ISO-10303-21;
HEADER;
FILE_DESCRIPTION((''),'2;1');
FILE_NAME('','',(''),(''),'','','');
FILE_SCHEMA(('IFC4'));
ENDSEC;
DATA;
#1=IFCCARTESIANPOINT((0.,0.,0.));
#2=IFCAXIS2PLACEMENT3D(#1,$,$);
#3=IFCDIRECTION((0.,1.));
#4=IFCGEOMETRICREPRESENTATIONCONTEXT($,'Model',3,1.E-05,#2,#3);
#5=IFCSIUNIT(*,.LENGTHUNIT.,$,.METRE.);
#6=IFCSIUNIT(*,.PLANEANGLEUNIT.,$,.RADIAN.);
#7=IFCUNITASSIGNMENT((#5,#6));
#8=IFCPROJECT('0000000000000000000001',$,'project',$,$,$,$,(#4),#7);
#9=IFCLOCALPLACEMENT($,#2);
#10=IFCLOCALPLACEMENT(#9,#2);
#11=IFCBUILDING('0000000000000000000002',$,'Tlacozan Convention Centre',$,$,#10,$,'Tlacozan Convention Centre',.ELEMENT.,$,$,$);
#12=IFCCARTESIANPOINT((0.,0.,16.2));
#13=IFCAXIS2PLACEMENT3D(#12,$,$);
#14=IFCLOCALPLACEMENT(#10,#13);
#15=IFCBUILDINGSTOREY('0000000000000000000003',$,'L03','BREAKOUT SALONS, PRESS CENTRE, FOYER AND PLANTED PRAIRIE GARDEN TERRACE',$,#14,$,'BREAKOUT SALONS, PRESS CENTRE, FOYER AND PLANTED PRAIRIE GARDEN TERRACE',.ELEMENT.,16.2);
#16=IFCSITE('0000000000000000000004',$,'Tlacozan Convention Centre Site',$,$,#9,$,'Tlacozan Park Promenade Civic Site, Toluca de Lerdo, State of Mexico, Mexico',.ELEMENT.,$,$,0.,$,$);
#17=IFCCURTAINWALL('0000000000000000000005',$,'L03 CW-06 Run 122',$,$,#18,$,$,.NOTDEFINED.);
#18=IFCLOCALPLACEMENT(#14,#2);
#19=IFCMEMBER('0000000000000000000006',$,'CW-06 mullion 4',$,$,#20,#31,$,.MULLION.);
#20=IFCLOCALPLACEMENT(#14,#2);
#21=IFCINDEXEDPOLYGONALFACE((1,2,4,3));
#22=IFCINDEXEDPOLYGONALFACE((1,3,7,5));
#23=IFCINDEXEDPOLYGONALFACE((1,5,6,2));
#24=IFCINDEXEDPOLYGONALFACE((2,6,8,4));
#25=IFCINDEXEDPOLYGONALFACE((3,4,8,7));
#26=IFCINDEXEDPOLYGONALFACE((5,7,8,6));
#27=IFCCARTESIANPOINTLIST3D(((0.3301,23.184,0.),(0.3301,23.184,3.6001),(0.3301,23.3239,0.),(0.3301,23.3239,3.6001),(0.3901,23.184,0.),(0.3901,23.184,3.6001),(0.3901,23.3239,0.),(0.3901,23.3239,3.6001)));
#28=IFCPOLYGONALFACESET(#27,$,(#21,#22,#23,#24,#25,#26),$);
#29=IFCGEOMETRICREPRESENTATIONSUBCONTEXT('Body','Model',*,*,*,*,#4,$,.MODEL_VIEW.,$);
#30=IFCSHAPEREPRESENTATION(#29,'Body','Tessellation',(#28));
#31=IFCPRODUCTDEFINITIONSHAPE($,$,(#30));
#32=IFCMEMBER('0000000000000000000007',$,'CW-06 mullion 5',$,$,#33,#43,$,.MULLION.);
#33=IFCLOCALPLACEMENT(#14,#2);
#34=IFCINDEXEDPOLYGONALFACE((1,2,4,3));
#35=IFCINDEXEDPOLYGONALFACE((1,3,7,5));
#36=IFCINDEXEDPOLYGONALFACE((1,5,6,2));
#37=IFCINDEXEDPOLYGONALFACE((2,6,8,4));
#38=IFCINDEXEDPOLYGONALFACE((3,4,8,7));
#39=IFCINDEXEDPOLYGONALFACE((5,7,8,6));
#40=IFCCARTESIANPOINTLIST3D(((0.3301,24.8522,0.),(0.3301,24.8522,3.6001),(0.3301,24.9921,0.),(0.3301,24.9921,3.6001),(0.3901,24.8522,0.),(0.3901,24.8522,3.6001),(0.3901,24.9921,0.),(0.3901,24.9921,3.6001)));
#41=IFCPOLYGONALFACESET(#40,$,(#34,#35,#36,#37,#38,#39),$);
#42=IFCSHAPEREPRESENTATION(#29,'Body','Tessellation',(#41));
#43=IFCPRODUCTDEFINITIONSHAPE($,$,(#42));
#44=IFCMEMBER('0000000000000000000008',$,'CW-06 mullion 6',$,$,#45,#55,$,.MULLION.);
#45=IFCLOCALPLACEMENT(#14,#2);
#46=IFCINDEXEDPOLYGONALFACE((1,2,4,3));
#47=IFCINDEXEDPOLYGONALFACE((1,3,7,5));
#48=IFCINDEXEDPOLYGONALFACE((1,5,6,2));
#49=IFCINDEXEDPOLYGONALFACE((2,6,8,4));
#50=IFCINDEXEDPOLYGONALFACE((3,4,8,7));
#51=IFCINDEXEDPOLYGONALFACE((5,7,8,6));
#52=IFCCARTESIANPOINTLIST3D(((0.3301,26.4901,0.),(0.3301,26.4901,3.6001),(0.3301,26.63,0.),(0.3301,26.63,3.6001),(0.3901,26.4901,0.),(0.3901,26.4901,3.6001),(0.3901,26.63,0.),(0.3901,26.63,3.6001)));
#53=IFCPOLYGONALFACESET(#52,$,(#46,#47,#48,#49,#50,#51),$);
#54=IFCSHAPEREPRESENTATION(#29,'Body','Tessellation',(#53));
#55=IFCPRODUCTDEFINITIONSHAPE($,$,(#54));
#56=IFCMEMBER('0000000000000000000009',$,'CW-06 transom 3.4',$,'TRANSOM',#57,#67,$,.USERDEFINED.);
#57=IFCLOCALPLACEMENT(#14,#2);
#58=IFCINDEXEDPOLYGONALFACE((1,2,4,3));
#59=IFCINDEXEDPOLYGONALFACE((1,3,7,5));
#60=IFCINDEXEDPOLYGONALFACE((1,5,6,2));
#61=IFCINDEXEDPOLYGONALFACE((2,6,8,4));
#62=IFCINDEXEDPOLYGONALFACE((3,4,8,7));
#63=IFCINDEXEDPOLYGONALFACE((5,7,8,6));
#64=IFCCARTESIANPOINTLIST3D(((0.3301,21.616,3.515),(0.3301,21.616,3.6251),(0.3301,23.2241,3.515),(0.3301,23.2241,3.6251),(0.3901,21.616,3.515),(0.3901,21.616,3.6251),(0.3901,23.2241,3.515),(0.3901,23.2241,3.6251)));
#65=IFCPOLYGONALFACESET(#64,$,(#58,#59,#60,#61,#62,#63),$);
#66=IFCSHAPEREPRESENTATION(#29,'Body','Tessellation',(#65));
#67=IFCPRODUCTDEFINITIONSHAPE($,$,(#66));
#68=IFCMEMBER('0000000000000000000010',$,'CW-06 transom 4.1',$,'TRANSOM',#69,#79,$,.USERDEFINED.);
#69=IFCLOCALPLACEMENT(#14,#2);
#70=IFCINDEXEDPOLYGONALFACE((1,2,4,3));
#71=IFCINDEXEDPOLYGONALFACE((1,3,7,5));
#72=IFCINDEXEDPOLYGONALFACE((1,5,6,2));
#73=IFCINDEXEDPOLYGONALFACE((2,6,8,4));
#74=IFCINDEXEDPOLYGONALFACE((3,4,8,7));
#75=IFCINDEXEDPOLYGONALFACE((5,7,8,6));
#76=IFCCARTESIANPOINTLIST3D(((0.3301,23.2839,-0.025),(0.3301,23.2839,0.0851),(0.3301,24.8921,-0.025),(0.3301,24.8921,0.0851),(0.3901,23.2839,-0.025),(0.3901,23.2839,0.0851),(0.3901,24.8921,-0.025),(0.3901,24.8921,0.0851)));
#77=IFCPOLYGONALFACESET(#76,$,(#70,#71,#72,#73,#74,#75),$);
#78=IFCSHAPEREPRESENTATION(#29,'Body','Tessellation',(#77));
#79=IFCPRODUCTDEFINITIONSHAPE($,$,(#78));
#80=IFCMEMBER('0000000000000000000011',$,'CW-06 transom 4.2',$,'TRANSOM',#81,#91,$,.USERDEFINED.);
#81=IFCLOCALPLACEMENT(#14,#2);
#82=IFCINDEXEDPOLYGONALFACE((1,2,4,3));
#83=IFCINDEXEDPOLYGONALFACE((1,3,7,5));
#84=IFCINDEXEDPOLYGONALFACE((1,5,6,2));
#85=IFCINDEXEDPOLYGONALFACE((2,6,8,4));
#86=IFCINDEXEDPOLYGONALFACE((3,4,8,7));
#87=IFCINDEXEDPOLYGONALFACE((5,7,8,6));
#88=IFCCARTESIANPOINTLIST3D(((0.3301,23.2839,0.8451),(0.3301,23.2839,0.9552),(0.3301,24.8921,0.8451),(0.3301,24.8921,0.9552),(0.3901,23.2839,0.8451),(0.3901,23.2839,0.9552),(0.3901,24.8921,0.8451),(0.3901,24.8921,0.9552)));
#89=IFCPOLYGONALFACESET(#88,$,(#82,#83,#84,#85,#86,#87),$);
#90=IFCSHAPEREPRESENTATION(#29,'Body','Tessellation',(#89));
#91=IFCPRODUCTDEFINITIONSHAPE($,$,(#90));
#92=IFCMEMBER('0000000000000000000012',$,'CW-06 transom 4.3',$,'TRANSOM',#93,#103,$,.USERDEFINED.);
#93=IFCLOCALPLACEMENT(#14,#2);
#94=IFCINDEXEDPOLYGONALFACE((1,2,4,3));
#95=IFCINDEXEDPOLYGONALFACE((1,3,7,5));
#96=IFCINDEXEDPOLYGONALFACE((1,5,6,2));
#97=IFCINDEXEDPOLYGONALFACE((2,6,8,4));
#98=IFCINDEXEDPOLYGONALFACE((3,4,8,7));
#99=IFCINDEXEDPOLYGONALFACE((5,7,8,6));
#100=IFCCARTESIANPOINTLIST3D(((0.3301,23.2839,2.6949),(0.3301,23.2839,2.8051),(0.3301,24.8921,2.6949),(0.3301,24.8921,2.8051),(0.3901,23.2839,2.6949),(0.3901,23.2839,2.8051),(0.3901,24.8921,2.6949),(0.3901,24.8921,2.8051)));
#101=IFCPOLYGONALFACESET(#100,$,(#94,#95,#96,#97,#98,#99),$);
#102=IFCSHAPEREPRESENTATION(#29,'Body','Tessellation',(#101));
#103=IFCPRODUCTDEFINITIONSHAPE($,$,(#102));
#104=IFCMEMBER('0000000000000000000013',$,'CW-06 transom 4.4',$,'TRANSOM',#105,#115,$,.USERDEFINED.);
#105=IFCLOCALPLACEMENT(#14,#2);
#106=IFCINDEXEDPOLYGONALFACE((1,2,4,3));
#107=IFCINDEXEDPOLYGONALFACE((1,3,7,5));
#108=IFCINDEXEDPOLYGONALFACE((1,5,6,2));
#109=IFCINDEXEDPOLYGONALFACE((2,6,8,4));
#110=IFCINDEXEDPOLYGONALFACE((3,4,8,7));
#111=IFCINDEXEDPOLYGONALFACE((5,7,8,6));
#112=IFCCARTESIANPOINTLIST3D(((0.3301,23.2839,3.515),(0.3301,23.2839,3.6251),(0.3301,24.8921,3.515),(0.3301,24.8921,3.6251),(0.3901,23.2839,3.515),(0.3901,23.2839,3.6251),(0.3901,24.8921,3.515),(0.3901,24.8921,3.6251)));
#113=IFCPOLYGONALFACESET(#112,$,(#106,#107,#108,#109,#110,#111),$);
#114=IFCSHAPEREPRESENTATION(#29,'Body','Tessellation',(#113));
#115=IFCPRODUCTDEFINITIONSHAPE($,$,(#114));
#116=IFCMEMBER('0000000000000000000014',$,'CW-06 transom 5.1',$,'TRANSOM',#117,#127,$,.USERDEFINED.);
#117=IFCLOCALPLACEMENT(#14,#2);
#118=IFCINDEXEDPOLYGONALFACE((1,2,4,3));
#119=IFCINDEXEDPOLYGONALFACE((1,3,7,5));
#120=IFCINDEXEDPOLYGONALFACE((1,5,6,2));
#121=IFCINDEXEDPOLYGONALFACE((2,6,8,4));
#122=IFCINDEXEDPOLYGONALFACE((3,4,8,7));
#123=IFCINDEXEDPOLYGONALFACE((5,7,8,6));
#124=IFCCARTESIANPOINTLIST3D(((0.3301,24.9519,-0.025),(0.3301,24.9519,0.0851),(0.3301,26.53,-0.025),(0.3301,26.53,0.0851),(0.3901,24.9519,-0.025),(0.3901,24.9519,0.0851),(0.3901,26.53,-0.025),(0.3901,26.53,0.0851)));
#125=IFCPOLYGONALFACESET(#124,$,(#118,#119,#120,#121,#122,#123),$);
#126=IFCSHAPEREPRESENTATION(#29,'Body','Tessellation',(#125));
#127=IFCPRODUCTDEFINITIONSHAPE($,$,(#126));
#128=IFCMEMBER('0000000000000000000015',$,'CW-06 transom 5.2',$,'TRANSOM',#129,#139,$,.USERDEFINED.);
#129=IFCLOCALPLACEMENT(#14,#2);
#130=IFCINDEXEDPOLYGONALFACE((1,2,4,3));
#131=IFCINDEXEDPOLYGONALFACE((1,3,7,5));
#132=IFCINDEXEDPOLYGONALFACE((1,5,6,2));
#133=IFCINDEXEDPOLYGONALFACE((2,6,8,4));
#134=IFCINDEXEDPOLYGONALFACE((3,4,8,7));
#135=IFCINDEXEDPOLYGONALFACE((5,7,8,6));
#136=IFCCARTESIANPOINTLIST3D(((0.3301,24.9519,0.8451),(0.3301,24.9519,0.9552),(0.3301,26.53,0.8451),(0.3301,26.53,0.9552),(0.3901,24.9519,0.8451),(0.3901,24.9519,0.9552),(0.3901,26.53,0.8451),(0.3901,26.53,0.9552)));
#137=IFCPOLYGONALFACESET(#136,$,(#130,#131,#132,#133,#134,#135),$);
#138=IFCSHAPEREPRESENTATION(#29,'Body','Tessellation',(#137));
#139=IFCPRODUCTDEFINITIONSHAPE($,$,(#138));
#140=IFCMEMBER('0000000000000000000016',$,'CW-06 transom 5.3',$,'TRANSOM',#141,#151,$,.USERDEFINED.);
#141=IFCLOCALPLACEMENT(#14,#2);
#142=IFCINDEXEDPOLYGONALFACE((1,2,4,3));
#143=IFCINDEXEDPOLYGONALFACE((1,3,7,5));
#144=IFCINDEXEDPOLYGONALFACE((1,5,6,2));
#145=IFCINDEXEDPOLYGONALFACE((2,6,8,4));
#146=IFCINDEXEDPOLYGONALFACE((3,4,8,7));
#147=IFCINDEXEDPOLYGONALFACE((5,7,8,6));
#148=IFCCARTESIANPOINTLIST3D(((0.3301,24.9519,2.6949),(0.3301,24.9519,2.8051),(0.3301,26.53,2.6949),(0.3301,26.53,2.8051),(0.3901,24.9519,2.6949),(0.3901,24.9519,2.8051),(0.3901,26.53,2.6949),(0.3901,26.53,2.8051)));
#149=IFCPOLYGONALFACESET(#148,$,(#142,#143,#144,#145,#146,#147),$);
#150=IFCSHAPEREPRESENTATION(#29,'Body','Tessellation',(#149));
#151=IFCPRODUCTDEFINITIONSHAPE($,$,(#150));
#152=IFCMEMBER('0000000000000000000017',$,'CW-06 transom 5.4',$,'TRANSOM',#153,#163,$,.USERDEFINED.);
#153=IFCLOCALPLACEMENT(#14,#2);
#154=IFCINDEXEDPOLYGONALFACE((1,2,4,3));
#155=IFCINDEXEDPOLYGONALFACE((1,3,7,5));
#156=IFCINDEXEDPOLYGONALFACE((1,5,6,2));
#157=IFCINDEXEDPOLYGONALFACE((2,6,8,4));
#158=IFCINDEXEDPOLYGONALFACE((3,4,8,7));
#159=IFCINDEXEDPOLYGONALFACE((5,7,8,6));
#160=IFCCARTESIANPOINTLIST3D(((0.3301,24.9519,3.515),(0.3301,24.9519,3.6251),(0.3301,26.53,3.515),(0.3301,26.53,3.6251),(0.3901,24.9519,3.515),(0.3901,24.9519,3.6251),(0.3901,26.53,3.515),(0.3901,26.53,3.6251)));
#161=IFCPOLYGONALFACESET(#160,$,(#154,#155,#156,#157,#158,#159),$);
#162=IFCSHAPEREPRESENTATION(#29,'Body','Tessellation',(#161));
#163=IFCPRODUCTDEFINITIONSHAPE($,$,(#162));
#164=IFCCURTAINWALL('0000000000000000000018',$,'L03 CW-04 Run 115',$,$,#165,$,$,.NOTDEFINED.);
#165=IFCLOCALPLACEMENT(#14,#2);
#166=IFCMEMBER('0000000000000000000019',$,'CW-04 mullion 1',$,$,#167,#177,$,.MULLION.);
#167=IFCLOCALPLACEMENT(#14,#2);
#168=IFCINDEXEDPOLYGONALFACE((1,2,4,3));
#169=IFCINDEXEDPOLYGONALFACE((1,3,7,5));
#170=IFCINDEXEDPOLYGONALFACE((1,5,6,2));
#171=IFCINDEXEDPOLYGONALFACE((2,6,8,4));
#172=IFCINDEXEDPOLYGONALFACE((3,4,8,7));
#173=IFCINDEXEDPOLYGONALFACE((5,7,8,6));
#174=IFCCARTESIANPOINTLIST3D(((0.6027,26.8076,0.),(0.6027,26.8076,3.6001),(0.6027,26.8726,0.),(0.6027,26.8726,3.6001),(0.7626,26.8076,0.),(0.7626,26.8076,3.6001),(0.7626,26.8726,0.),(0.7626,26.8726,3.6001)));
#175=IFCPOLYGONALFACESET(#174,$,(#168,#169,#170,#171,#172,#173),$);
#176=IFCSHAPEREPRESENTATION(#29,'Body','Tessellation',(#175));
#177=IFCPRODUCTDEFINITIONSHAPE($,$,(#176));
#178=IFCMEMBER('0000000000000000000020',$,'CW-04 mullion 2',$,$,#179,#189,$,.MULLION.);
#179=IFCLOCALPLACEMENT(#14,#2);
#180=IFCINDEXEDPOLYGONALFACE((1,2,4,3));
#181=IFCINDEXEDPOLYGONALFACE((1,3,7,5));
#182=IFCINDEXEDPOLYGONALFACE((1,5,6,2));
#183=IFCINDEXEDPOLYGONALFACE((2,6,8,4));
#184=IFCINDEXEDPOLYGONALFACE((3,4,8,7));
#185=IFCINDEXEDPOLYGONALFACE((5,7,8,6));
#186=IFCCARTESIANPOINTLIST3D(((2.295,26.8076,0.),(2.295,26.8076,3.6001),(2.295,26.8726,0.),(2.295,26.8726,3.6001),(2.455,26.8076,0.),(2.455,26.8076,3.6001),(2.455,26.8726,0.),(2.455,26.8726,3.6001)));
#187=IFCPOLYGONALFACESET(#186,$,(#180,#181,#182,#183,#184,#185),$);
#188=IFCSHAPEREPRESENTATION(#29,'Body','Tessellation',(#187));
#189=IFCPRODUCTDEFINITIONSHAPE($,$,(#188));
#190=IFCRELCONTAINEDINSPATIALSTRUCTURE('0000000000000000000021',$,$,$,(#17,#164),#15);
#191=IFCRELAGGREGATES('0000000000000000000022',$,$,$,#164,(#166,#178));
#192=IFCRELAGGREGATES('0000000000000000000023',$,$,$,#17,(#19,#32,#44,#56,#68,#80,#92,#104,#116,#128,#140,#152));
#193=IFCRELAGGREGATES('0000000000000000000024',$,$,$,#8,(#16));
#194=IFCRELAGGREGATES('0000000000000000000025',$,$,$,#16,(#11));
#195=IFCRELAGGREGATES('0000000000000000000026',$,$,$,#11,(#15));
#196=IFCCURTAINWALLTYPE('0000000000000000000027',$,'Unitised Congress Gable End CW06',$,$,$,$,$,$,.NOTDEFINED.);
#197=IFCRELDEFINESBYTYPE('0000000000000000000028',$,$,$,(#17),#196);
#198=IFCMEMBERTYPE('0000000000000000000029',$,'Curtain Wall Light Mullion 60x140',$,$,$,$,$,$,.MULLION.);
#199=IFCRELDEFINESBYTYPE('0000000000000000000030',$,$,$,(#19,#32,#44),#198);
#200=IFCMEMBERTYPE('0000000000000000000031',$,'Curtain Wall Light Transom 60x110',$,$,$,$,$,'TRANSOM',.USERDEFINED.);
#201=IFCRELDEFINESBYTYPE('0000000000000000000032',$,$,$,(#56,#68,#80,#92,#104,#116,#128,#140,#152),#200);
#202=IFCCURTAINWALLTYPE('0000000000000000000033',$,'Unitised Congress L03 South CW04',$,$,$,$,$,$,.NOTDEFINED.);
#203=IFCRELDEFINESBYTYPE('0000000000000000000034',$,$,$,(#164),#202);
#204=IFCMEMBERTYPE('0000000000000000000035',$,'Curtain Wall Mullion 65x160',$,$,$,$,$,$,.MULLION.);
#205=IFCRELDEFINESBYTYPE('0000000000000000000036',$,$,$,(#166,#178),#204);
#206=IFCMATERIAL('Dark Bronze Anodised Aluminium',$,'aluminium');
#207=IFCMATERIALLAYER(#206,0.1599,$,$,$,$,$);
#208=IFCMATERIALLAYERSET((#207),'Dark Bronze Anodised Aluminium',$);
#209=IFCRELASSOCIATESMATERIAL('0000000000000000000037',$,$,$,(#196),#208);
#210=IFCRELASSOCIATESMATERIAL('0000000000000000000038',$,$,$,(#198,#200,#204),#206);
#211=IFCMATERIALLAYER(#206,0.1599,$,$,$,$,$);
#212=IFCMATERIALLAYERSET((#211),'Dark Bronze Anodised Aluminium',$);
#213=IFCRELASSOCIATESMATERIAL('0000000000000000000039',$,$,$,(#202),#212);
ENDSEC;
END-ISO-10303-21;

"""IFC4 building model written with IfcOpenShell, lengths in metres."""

from ifc_helpers import new_model, si_unit, direction, frame, origin, origin_2d, place, context, subcontext, project, spatial, rectangle, extrude, material, layer, layer_set, material_profile, profile_set, type_object, element, aggregate, save


model = new_model("IFC4")

# Units and contexts
model_context = context("Model", 3, precision=1e-05, world=origin(), true_north=direction((0.0, 1.0)))
body_context = subcontext(model_context, "Body", "Model", "MODEL_VIEW")
ifc_project = project(units=[si_unit("LENGTHUNIT", "METRE"), si_unit("PLANEANGLEUNIT", "RADIAN")], contexts=[model_context])

# Site, building, storey
site_placement = place(None, origin())
site = spatial("IfcSite", under=ifc_project, at=site_placement, Name="Tlacozan Convention Centre Site", LongName="Tlacozan Park Promenade Civic Site, Toluca de Lerdo, State of Mexico, Mexico", CompositionType="ELEMENT", RefElevation=0.0)
building_placement = place(site_placement, origin())
building = spatial("IfcBuilding", under=site, at=building_placement, Name="Tlacozan Convention Centre", LongName="Tlacozan Convention Centre", CompositionType="ELEMENT")
storey_placement = place(building_placement, frame((0.0, 0.0, 16.2)))
storey = spatial("IfcBuildingStorey", under=building, at=storey_placement, Name="L03", Description="BREAKOUT SALONS, PRESS CENTRE, FOYER AND PLANTED PRAIRIE GARDEN TERRACE", LongName="BREAKOUT SALONS, PRESS CENTRE, FOYER AND PLANTED PRAIRIE GARDEN TERRACE", CompositionType="ELEMENT", Elevation=16.2)

# Curtain walls, members
ifc_material_1 = material(Name="Dark Bronze Anodised Aluminium", Category="aluminium")
ifc_layer_1 = layer(ifc_material_1, 0.1599)
ifc_layer_set_1 = layer_set([ifc_layer_1], Name="Dark Bronze Anodised Aluminium")
curtain_wall_type_1 = type_object("IfcCurtainWallType", Name="Unitised Congress Gable End CW06", PredefinedType="NOTDEFINED", material=ifc_layer_set_1)
curtain_wall_1_placement = place(storey_placement, origin())
curtain_wall_1 = element("IfcCurtainWall", 1, at=curtain_wall_1_placement, inside=storey, type_object=curtain_wall_type_1, Name="L03 CW-06 Run 122", PredefinedType="NOTDEFINED")
ifc_material_profile_1 = material_profile(ifc_material_1, rectangle(XDim=0.0601, YDim=0.1399, at=origin_2d()), Name="ALU 60x140")
ifc_profile_set_1 = profile_set([ifc_material_profile_1], Name="Dark Bronze Anodised Aluminium")
member_type_1 = type_object("IfcMemberType", Name="Curtain Wall Light Mullion 60x140", PredefinedType="MULLION", material=ifc_profile_set_1)
member_1_placement = place(storey_placement, frame((0.3601, 23.2539, 0.0), z_axis=(0.0, 0.0, 1.0), x_axis=(-1.0, 0.0, 0.0)))
member_1 = element("IfcMember", 2, at=member_1_placement, type_object=member_type_1, Name="CW-06 mullion 4", PredefinedType="MULLION", context=body_context, shape_type="SweptSolid", body=[
    extrude(rectangle(XDim=0.0601, YDim=0.1399, at=origin_2d()), origin(), (0.0, 0.0, 1.0), 3.6001),
])
member_2_placement = place(storey_placement, frame((0.3601, 24.9221, 0.0), z_axis=(0.0, 0.0, 1.0), x_axis=(-1.0, 0.0, 0.0)))
member_2 = element("IfcMember", 3, at=member_2_placement, type_object=member_type_1, Name="CW-06 mullion 5", PredefinedType="MULLION", context=body_context, shape_type="SweptSolid", body=[
    extrude(rectangle(XDim=0.0601, YDim=0.1399, at=origin_2d()), origin(), (0.0, 0.0, 1.0), 3.6001),
])
member_3_placement = place(storey_placement, frame((0.3601, 26.5601, 0.0), z_axis=(0.0, 0.0, 1.0), x_axis=(-1.0, 0.0, 0.0)))
member_3 = element("IfcMember", 4, at=member_3_placement, type_object=member_type_1, Name="CW-06 mullion 6", PredefinedType="MULLION", context=body_context, shape_type="SweptSolid", body=[
    extrude(rectangle(XDim=0.0601, YDim=0.1399, at=origin_2d()), origin(), (0.0, 0.0, 1.0), 3.6001),
])
ifc_material_profile_2 = material_profile(ifc_material_1, rectangle(XDim=0.0601, YDim=0.1101, at=origin_2d()), Name="ALU 60x110")
ifc_profile_set_2 = profile_set([ifc_material_profile_2], Name="Dark Bronze Anodised Aluminium")
member_type_2 = type_object("IfcMemberType", Name="Curtain Wall Light Transom 60x110", ElementType="TRANSOM", PredefinedType="USERDEFINED", material=ifc_profile_set_2)
member_4_placement = place(storey_placement, frame((0.3601, 21.616, 3.5701), z_axis=(0.0, 1.0, 0.0), x_axis=(-1.0, 0.0, 0.0)))
member_4 = element("IfcMember", 5, at=member_4_placement, type_object=member_type_2, Name="CW-06 transom 3.4", ObjectType="TRANSOM", PredefinedType="USERDEFINED", context=body_context, shape_type="SweptSolid", body=[
    extrude(rectangle(XDim=0.0601, YDim=0.1101, at=origin_2d()), origin(), (0.0, 0.0, 1.0), 1.6082),
])
member_5_placement = place(storey_placement, frame((0.3601, 23.2839, 0.03), z_axis=(0.0, 1.0, 0.0), x_axis=(-1.0, 0.0, 0.0)))
member_5 = element("IfcMember", 6, at=member_5_placement, type_object=member_type_2, Name="CW-06 transom 4.1", ObjectType="TRANSOM", PredefinedType="USERDEFINED", context=body_context, shape_type="SweptSolid", body=[
    extrude(rectangle(XDim=0.0601, YDim=0.1101, at=origin_2d()), origin(), (0.0, 0.0, 1.0), 1.6082),
])
member_6_placement = place(storey_placement, frame((0.3601, 23.2839, 0.9001), z_axis=(0.0, 1.0, 0.0), x_axis=(-1.0, 0.0, 0.0)))
member_6 = element("IfcMember", 7, at=member_6_placement, type_object=member_type_2, Name="CW-06 transom 4.2", ObjectType="TRANSOM", PredefinedType="USERDEFINED", context=body_context, shape_type="SweptSolid", body=[
    extrude(rectangle(XDim=0.0601, YDim=0.1101, at=origin_2d()), origin(), (0.0, 0.0, 1.0), 1.6082),
])
member_7_placement = place(storey_placement, frame((0.3601, 23.2839, 2.75), z_axis=(0.0, 1.0, 0.0), x_axis=(-1.0, 0.0, 0.0)))
member_7 = element("IfcMember", 8, at=member_7_placement, type_object=member_type_2, Name="CW-06 transom 4.3", ObjectType="TRANSOM", PredefinedType="USERDEFINED", context=body_context, shape_type="SweptSolid", body=[
    extrude(rectangle(XDim=0.0601, YDim=0.1101, at=origin_2d()), origin(), (0.0, 0.0, 1.0), 1.6082),
])
member_8_placement = place(storey_placement, frame((0.3601, 23.2839, 3.5701), z_axis=(0.0, 1.0, 0.0), x_axis=(-1.0, 0.0, 0.0)))
member_8 = element("IfcMember", 9, at=member_8_placement, type_object=member_type_2, Name="CW-06 transom 4.4", ObjectType="TRANSOM", PredefinedType="USERDEFINED", context=body_context, shape_type="SweptSolid", body=[
    extrude(rectangle(XDim=0.0601, YDim=0.1101, at=origin_2d()), origin(), (0.0, 0.0, 1.0), 1.6082),
])
member_9_placement = place(storey_placement, frame((0.3601, 24.9519, 0.03), z_axis=(0.0, 1.0, 0.0), x_axis=(-1.0, 0.0, 0.0)))
member_9 = element("IfcMember", 10, at=member_9_placement, type_object=member_type_2, Name="CW-06 transom 5.1", ObjectType="TRANSOM", PredefinedType="USERDEFINED", context=body_context, shape_type="SweptSolid", body=[
    extrude(rectangle(XDim=0.0601, YDim=0.1101, at=origin_2d()), origin(), (0.0, 0.0, 1.0), 1.5781),
])
member_10_placement = place(storey_placement, frame((0.3601, 24.9519, 0.9001), z_axis=(0.0, 1.0, 0.0), x_axis=(-1.0, 0.0, 0.0)))
member_10 = element("IfcMember", 11, at=member_10_placement, type_object=member_type_2, Name="CW-06 transom 5.2", ObjectType="TRANSOM", PredefinedType="USERDEFINED", context=body_context, shape_type="SweptSolid", body=[
    extrude(rectangle(XDim=0.0601, YDim=0.1101, at=origin_2d()), origin(), (0.0, 0.0, 1.0), 1.5781),
])
member_11_placement = place(storey_placement, frame((0.3601, 24.9519, 2.75), z_axis=(0.0, 1.0, 0.0), x_axis=(-1.0, 0.0, 0.0)))
member_11 = element("IfcMember", 12, at=member_11_placement, type_object=member_type_2, Name="CW-06 transom 5.3", ObjectType="TRANSOM", PredefinedType="USERDEFINED", context=body_context, shape_type="SweptSolid", body=[
    extrude(rectangle(XDim=0.0601, YDim=0.1101, at=origin_2d()), origin(), (0.0, 0.0, 1.0), 1.5781),
])
member_12_placement = place(storey_placement, frame((0.3601, 24.9519, 3.5701), z_axis=(0.0, 1.0, 0.0), x_axis=(-1.0, 0.0, 0.0)))
member_12 = element("IfcMember", 13, at=member_12_placement, type_object=member_type_2, Name="CW-06 transom 5.4", ObjectType="TRANSOM", PredefinedType="USERDEFINED", context=body_context, shape_type="SweptSolid", body=[
    extrude(rectangle(XDim=0.0601, YDim=0.1101, at=origin_2d()), origin(), (0.0, 0.0, 1.0), 1.5781),
])
ifc_layer_2 = layer(ifc_material_1, 0.1599)
ifc_layer_set_2 = layer_set([ifc_layer_2], Name="Dark Bronze Anodised Aluminium")
curtain_wall_type_2 = type_object("IfcCurtainWallType", Name="Unitised Congress L03 South CW04", PredefinedType="NOTDEFINED", material=ifc_layer_set_2)
curtain_wall_2_placement = place(storey_placement, origin())
curtain_wall_2 = element("IfcCurtainWall", 14, at=curtain_wall_2_placement, inside=storey, type_object=curtain_wall_type_2, Name="L03 CW-04 Run 115", PredefinedType="NOTDEFINED")
ifc_material_profile_3 = material_profile(ifc_material_1, rectangle(XDim=0.0649, YDim=0.1599, at=origin_2d()), Name="ALU 65x160")
ifc_profile_set_3 = profile_set([ifc_material_profile_3], Name="Dark Bronze Anodised Aluminium")
member_type_3 = type_object("IfcMemberType", Name="Curtain Wall Mullion 65x160", PredefinedType="MULLION", material=ifc_profile_set_3)
member_13_placement = place(storey_placement, frame((0.6826, 26.8401, 0.0), z_axis=(0.0, 0.0, 1.0), x_axis=(0.0, 1.0, 0.0)))
member_13 = element("IfcMember", 15, at=member_13_placement, type_object=member_type_3, Name="CW-04 mullion 1", PredefinedType="MULLION", context=body_context, shape_type="SweptSolid", body=[
    extrude(rectangle(XDim=0.0649, YDim=0.1599, at=origin_2d()), origin(), (0.0, 0.0, 1.0), 3.6001),
])
member_14_placement = place(storey_placement, frame((2.375, 26.8401, 0.0), z_axis=(0.0, 0.0, 1.0), x_axis=(0.0, 1.0, 0.0)))
member_14 = element("IfcMember", 16, at=member_14_placement, type_object=member_type_3, Name="CW-04 mullion 2", PredefinedType="MULLION", context=body_context, shape_type="SweptSolid", body=[
    extrude(rectangle(XDim=0.0649, YDim=0.1599, at=origin_2d()), origin(), (0.0, 0.0, 1.0), 3.6001),
])

aggregate(curtain_wall_2, [member_13, member_14])
aggregate(curtain_wall_1, [member_1, member_2, member_3, member_4, member_5, member_6, member_7, member_8, member_9, member_10, member_11, member_12])

save(model, "model.ifc")
